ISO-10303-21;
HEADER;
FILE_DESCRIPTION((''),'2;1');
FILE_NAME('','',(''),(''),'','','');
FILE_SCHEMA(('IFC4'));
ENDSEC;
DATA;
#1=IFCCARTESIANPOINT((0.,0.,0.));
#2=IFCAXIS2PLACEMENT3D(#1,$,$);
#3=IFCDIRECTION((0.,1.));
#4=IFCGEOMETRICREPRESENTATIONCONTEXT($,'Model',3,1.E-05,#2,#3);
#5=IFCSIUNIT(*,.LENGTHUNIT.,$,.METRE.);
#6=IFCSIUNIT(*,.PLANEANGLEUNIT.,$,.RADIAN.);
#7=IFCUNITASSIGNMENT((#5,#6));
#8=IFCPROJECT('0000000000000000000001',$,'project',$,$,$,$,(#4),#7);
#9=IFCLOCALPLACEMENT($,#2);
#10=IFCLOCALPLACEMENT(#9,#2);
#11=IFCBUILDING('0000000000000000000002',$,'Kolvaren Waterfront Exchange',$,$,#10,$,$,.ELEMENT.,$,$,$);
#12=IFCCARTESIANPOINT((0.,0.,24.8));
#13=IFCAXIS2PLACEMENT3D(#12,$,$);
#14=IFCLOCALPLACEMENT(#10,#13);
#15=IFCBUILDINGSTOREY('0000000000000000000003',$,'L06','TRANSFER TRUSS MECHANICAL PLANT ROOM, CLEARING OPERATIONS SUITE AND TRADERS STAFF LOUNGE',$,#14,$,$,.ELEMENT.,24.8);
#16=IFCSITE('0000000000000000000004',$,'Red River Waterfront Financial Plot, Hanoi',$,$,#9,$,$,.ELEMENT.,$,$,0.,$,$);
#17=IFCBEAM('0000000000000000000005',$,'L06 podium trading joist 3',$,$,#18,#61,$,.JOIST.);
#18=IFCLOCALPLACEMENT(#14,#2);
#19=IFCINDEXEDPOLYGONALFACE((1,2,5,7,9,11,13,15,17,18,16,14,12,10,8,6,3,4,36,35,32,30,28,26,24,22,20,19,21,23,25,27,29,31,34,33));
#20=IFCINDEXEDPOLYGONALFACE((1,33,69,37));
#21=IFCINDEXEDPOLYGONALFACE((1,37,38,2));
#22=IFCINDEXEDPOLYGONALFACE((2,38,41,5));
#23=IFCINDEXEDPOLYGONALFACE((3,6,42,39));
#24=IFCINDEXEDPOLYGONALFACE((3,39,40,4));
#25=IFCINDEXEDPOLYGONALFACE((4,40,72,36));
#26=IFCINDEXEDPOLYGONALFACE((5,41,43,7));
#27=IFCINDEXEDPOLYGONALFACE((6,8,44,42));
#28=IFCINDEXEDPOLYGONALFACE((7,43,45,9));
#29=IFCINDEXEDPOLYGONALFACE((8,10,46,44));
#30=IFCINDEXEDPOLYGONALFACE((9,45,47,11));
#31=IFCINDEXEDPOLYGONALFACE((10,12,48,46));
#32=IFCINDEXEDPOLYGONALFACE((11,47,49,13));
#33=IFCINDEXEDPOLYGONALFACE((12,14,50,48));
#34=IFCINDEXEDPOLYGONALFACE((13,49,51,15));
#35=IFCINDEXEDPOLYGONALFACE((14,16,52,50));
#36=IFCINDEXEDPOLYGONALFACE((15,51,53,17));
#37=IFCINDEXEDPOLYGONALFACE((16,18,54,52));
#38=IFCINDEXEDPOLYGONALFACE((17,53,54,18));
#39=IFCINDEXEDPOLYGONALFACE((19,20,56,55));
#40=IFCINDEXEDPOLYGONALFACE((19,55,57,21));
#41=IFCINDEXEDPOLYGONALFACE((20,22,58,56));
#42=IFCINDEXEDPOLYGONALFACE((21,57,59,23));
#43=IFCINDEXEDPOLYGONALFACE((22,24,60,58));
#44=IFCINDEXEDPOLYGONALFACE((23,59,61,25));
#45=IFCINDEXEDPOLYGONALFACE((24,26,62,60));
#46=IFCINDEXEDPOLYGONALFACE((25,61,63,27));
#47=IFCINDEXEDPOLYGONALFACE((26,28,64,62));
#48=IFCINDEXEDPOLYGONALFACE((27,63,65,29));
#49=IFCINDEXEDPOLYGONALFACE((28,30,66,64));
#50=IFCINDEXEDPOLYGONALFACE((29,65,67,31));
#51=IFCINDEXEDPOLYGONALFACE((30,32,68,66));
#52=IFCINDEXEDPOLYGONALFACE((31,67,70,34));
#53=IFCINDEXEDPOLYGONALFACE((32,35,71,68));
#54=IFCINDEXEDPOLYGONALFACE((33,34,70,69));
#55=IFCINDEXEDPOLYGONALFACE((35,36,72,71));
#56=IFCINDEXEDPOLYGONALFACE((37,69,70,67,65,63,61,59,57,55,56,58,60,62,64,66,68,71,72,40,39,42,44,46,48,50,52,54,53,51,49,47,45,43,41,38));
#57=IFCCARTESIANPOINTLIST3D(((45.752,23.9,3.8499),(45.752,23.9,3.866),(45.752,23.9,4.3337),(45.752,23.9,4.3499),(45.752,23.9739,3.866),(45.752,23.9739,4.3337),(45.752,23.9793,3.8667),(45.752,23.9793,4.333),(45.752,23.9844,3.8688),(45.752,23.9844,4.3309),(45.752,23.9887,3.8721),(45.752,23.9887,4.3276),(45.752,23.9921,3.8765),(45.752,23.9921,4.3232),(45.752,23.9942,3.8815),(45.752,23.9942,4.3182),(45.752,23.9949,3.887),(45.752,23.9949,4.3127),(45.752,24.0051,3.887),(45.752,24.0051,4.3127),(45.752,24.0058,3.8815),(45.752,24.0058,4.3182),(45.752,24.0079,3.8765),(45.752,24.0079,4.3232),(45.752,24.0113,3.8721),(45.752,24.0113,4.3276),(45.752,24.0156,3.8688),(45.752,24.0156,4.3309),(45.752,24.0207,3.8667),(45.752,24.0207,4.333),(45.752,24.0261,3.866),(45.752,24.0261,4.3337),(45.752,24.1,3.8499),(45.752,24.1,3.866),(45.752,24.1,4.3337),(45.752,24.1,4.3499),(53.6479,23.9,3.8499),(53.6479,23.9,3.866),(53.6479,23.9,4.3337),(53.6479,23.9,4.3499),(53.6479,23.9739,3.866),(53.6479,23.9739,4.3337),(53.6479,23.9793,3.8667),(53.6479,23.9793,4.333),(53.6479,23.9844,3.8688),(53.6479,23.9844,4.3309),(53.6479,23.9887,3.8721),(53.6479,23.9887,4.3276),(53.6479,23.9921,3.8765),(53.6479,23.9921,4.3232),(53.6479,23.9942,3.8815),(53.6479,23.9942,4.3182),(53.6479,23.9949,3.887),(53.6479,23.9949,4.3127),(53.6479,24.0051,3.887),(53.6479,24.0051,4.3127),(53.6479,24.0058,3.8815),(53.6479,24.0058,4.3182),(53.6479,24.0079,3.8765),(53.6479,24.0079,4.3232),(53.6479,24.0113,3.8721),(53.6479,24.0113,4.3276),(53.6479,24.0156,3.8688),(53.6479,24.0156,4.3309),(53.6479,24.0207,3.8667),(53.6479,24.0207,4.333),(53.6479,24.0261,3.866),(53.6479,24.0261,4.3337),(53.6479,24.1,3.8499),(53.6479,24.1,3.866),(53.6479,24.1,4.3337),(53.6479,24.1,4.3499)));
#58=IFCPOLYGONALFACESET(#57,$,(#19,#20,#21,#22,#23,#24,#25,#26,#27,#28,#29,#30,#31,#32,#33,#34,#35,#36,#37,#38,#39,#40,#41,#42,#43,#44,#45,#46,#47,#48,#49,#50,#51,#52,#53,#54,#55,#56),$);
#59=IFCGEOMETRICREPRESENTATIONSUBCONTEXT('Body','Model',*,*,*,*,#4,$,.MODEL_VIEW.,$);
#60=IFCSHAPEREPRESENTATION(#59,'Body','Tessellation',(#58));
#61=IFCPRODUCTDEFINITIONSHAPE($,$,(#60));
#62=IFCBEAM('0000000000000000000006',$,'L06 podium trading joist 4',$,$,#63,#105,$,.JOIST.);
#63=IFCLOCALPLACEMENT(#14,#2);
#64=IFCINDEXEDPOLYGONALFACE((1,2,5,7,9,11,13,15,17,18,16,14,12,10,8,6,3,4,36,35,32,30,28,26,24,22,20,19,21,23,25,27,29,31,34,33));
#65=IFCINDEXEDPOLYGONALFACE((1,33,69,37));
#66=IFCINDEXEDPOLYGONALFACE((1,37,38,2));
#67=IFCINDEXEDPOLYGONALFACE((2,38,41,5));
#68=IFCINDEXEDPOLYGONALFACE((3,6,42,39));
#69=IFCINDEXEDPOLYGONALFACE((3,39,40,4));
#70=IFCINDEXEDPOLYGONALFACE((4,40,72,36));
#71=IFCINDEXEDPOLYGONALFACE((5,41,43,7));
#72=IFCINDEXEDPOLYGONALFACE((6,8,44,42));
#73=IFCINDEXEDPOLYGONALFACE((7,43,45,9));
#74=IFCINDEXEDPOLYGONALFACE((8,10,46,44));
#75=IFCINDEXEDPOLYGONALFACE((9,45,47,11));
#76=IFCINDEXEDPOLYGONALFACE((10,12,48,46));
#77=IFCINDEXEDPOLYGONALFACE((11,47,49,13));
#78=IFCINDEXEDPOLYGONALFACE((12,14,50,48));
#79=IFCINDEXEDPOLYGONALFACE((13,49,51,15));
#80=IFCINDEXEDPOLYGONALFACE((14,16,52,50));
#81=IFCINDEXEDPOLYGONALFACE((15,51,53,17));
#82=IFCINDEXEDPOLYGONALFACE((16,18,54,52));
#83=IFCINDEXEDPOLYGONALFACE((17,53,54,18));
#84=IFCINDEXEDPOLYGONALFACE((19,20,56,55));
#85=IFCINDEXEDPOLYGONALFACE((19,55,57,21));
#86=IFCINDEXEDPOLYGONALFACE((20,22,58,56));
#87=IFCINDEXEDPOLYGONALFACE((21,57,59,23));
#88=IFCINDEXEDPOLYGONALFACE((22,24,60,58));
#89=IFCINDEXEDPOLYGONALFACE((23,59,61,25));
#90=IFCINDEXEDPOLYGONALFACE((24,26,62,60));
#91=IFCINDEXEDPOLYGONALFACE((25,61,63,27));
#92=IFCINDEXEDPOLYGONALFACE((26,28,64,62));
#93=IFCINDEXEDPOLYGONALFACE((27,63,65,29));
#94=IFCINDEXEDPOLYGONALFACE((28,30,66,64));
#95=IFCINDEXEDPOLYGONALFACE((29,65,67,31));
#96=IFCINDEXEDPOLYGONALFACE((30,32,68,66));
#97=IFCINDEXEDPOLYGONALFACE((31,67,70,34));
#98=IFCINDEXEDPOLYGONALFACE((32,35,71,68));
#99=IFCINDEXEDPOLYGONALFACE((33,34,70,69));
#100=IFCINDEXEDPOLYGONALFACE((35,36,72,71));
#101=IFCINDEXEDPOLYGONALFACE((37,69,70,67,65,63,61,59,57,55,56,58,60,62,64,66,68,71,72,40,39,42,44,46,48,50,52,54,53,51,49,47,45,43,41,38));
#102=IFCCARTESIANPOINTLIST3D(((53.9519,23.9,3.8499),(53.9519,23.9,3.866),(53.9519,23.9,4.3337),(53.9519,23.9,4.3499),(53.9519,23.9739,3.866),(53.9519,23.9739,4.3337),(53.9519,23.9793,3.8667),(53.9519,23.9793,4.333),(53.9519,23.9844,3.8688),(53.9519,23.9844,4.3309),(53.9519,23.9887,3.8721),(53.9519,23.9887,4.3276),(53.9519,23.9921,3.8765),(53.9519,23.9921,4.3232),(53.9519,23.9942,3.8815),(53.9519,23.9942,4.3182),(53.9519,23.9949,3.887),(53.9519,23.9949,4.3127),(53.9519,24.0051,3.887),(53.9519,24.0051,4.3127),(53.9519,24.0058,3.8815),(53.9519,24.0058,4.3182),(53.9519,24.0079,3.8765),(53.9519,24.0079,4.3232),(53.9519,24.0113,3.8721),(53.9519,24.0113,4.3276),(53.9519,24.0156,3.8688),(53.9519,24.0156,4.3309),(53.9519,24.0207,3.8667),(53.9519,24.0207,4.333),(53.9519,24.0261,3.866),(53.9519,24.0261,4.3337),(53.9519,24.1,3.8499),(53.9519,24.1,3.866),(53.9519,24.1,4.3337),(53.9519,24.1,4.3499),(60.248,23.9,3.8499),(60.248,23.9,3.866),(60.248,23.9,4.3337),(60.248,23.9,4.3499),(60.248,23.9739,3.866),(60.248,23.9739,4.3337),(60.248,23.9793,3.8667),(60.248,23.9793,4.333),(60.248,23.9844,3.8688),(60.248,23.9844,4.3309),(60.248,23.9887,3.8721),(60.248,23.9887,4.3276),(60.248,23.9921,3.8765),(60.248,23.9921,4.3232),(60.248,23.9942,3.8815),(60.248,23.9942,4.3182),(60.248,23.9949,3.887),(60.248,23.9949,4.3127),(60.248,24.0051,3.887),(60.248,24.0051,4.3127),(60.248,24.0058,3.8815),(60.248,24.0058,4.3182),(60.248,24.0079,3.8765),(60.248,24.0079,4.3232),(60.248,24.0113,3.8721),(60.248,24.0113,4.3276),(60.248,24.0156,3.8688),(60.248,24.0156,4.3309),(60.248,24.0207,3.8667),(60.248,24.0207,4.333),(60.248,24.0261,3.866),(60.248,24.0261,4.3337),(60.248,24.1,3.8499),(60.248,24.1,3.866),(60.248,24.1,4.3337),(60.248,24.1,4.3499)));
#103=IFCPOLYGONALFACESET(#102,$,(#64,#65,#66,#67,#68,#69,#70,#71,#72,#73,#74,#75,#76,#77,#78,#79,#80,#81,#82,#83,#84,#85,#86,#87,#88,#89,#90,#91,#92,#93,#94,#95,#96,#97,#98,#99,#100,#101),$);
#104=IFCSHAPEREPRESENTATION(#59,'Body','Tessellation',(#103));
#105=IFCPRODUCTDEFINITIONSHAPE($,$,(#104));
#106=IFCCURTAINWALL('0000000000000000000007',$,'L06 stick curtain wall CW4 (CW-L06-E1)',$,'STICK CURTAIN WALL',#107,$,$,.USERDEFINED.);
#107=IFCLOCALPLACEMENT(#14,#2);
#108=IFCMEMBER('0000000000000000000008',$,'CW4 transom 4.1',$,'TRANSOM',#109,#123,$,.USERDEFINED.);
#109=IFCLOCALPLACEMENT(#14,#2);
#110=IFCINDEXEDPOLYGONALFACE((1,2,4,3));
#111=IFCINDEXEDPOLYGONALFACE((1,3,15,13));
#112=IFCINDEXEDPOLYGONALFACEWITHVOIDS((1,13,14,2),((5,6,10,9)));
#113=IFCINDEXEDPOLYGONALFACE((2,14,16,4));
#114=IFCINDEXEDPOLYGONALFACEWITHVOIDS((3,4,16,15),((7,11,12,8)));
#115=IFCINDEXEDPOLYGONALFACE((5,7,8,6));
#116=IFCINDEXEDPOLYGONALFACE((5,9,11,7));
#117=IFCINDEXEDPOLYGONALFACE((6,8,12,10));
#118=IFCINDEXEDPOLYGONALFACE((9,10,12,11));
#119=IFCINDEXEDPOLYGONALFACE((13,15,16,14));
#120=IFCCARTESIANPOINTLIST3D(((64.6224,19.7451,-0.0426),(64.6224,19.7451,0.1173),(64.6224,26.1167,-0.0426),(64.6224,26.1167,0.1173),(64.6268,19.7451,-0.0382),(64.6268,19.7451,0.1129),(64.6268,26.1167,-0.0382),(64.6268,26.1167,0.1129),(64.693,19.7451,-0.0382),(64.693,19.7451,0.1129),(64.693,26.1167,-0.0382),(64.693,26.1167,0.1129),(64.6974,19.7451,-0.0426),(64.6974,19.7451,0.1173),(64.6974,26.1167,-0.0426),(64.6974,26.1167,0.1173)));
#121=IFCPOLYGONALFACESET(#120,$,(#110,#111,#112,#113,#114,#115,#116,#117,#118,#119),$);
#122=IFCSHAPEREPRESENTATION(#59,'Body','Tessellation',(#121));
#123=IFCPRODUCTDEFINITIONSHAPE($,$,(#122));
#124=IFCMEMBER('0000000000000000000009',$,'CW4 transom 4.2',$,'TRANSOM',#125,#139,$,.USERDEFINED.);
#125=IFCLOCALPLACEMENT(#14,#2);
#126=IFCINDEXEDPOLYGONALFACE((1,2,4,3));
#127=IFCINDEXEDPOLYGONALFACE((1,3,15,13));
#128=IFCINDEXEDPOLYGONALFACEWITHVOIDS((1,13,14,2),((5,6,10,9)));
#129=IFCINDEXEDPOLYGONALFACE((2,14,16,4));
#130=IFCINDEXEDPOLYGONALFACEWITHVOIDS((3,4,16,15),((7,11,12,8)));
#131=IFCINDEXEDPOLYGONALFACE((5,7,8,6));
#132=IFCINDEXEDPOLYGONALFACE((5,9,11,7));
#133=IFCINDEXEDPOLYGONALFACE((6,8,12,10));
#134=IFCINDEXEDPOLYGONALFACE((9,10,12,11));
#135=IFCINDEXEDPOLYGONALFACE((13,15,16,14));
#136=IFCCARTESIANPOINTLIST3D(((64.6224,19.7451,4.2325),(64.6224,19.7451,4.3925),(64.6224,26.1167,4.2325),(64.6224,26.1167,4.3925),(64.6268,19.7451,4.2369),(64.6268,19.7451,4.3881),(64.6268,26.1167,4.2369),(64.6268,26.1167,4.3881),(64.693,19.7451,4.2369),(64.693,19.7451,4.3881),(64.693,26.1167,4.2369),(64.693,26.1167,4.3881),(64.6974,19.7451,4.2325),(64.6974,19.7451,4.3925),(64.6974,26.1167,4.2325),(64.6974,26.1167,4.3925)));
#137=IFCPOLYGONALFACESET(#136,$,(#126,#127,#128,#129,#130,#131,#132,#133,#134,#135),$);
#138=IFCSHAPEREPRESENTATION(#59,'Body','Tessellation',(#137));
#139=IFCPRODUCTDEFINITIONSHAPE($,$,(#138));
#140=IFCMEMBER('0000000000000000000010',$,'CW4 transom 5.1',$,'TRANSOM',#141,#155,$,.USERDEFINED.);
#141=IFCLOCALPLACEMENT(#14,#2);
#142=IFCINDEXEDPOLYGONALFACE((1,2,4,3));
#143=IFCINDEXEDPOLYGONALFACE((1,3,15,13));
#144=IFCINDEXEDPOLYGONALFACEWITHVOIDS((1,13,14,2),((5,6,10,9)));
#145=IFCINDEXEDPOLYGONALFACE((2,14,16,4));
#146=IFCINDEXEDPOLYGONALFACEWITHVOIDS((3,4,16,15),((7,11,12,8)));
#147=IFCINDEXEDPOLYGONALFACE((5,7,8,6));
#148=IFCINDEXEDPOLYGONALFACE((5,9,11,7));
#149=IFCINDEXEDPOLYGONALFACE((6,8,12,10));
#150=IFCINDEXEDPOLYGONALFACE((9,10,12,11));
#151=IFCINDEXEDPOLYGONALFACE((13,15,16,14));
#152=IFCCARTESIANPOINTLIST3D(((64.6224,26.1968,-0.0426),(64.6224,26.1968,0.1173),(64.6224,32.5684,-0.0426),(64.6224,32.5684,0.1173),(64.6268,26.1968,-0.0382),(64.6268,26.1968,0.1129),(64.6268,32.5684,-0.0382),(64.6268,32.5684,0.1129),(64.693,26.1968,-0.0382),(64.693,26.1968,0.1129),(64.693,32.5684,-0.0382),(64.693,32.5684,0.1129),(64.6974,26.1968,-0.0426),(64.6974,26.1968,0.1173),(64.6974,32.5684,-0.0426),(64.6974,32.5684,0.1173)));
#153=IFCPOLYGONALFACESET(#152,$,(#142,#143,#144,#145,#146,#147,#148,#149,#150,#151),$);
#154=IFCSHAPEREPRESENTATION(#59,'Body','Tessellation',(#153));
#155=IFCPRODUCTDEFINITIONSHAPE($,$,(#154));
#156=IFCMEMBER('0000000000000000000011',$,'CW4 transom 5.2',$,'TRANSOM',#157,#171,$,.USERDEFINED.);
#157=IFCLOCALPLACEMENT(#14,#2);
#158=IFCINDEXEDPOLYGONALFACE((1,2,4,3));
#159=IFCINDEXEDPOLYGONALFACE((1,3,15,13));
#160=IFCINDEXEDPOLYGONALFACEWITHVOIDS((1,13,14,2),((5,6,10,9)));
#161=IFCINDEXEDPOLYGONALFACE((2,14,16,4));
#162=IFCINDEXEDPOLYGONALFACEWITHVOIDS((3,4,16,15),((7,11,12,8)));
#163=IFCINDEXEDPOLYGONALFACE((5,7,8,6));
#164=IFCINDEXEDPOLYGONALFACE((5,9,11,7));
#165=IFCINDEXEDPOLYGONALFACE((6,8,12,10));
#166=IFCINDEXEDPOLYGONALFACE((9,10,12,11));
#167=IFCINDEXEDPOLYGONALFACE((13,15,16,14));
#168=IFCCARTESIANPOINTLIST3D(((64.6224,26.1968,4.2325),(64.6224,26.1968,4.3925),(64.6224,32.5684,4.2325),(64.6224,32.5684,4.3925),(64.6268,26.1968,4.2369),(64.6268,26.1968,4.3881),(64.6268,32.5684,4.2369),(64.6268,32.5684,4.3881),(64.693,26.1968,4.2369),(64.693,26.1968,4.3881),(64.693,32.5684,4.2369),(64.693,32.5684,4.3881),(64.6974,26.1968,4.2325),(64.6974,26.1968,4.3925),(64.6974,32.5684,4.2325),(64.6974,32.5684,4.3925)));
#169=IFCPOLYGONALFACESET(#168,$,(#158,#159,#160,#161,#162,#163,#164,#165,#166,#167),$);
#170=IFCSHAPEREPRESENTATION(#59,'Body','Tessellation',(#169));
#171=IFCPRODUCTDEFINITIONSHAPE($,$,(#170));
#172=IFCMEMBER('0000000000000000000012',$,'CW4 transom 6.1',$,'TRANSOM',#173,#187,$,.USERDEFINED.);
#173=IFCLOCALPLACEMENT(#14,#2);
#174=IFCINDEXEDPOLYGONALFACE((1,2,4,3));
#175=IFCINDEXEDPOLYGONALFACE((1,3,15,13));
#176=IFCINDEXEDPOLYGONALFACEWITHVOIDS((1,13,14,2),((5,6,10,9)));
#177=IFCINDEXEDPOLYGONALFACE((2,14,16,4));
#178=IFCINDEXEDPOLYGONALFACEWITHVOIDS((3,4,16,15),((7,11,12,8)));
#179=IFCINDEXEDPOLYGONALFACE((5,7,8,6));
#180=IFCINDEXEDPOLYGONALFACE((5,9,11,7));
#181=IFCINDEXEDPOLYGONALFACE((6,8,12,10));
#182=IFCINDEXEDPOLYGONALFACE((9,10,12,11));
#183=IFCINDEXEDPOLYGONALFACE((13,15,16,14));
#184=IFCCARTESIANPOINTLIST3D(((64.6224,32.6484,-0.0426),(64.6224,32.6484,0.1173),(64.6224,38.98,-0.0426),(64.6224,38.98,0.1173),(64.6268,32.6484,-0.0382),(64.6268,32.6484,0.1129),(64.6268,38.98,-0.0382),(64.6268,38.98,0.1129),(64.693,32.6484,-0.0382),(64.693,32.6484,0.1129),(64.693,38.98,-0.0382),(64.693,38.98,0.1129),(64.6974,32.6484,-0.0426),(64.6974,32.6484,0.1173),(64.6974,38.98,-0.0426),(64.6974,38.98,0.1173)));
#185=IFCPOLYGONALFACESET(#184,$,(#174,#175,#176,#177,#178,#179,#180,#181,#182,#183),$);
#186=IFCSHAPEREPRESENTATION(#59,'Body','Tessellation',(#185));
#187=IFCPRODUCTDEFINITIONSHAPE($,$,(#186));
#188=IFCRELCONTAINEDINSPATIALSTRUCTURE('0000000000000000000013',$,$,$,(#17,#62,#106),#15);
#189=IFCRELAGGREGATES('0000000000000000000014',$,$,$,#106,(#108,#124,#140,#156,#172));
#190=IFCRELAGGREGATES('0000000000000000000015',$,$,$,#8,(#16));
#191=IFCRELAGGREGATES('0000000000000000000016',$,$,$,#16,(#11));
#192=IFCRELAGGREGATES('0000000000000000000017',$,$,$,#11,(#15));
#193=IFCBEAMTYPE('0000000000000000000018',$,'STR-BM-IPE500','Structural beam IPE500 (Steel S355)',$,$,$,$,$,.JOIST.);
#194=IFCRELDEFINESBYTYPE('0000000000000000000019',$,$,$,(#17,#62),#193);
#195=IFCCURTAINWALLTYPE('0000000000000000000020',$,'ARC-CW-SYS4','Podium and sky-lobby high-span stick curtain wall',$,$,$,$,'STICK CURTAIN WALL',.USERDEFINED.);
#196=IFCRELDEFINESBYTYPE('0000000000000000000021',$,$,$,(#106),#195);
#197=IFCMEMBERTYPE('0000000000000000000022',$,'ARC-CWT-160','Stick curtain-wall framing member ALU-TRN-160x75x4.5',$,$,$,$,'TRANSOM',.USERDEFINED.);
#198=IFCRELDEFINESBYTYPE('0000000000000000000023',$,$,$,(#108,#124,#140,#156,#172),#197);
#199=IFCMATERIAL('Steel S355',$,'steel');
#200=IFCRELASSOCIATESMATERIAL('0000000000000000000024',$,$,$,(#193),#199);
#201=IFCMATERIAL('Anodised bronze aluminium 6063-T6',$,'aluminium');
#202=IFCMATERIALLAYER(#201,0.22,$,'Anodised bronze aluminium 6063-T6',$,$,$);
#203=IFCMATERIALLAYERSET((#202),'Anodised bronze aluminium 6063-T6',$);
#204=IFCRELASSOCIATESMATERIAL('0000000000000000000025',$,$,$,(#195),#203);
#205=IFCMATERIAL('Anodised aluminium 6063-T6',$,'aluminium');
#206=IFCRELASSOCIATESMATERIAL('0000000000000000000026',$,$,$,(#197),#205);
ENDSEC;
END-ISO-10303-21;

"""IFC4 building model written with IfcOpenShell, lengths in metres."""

from ifc_helpers import new_model, si_unit, direction, frame, origin, origin_with_axes, origin_2d, place, context, subcontext, project, spatial, hollow_rectangle, i_section, extrude, source, transform, mapped, material, layer, layer_set, material_profile, profile_set, type_object, element, aggregate, save


model = new_model("IFC4")

# Units and contexts
model_context = context("Model", 3, precision=1e-05, world=origin(), true_north=direction((0.0, 1.0)))
body_context = subcontext(model_context, "Body", "Model", "MODEL_VIEW")
ifc_project = project(units=[si_unit("LENGTHUNIT", "METRE"), si_unit("PLANEANGLEUNIT", "RADIAN")], contexts=[model_context])

# Site, building, storey
site_placement = place(None, origin())
site = spatial("IfcSite", under=ifc_project, at=site_placement, Name="Red River Waterfront Financial Plot, Hanoi", CompositionType="ELEMENT", RefElevation=0.0)
building_placement = place(site_placement, origin())
building = spatial("IfcBuilding", under=site, at=building_placement, Name="Kolvaren Waterfront Exchange", CompositionType="ELEMENT")
storey_placement = place(building_placement, frame((0.0, 0.0, 24.8)))
storey = spatial("IfcBuildingStorey", under=building, at=storey_placement, Name="L06", Description="TRANSFER TRUSS MECHANICAL PLANT ROOM, CLEARING OPERATIONS SUITE AND TRADERS STAFF LOUNGE", CompositionType="ELEMENT", Elevation=24.8)

# Beams
ifc_material_1 = material(Name="Steel S355", Category="steel")
ifc_material_profile_1 = material_profile(ifc_material_1, i_section(OverallWidth=0.2, OverallDepth=0.5, WebThickness=0.0103, FlangeThickness=0.0161, FilletRadius=0.021, at=origin_2d()), Name="IPE500")
ifc_profile_set_1 = profile_set([ifc_material_profile_1], Name="Steel S355")
beam_type_1 = type_object("IfcBeamType", Name="STR-BM-IPE500", Description="Structural beam IPE500 (Steel S355)", PredefinedType="JOIST", material=ifc_profile_set_1)
beam_1_placement = place(storey_placement, frame((45.752, 24.0, 4.0999), z_axis=(1.0, 0.0, 0.0), x_axis=(0.0, 1.0, 0.0)))
element("IfcBeam", 1, at=beam_1_placement, inside=storey, type_object=beam_type_1, Name="L06 podium trading joist 3", PredefinedType="JOIST", context=body_context, shape_type="SweptSolid", body=[
    extrude(i_section(OverallWidth=0.2, OverallDepth=0.5, WebThickness=0.0103, FlangeThickness=0.0161, FilletRadius=0.021, at=origin_2d()), origin(), (0.0, 0.0, 1.0), 7.896),
])
beam_2_placement = place(storey_placement, frame((53.9519, 24.0, 4.0999), z_axis=(1.0, 0.0, 0.0), x_axis=(0.0, 1.0, 0.0)))
element("IfcBeam", 2, at=beam_2_placement, inside=storey, type_object=beam_type_1, Name="L06 podium trading joist 4", PredefinedType="JOIST", context=body_context, shape_type="SweptSolid", body=[
    extrude(i_section(OverallWidth=0.2, OverallDepth=0.5, WebThickness=0.0103, FlangeThickness=0.0161, FilletRadius=0.021, at=origin_2d()), origin(), (0.0, 0.0, 1.0), 6.2961),
])

# Curtain wall, members
ifc_material_2 = material(Name="Anodised bronze aluminium 6063-T6", Category="aluminium")
ifc_layer_1 = layer(ifc_material_2, 0.22, Name="Anodised bronze aluminium 6063-T6")
ifc_layer_set_1 = layer_set([ifc_layer_1], Name="Anodised bronze aluminium 6063-T6")
curtain_wall_type = type_object("IfcCurtainWallType", Name="ARC-CW-SYS4", Description="Podium and sky-lobby high-span stick curtain wall", ElementType="STICK CURTAIN WALL", PredefinedType="USERDEFINED", material=ifc_layer_set_1)
curtain_wall_placement = place(storey_placement, origin())
curtain_wall = element("IfcCurtainWall", 3, at=curtain_wall_placement, inside=storey, type_object=curtain_wall_type, Name="L06 stick curtain wall CW4 (CW-L06-E1)", ObjectType="STICK CURTAIN WALL", PredefinedType="USERDEFINED")
ifc_material_3 = material(Name="Anodised aluminium 6063-T6", Category="aluminium")
ifc_material_profile_2 = material_profile(ifc_material_3, hollow_rectangle(XDim=0.075, YDim=0.1599, WallThickness=0.0044, at=origin_2d()), Name="ALU-TRN-160x75x4.5")
ifc_profile_set_2 = profile_set([ifc_material_profile_2], Name="Anodised aluminium 6063-T6")
member_type_1 = type_object("IfcMemberType", Name="ARC-CWT-160", Description="Stick curtain-wall framing member ALU-TRN-160x75x4.5", ElementType="TRANSOM", PredefinedType="USERDEFINED", material=ifc_profile_set_2)
shared_shape_1 = source(origin_with_axes(), body_context, "Body", "SweptSolid", [
    extrude(hollow_rectangle(XDim=0.075, YDim=0.1599, WallThickness=0.0044, at=origin_2d()), origin(), (0.0, 0.0, 1.0), 6.3716),
])
member_1_placement = place(storey_placement, frame((64.6599, 19.7451, 0.0374), z_axis=(0.0, 1.0, 0.0), x_axis=(-1.0, 0.0, 0.0)))
member_1 = element("IfcMember", 4, at=member_1_placement, type_object=member_type_1, Name="CW4 transom 4.1", ObjectType="TRANSOM", PredefinedType="USERDEFINED", context=body_context, shape_type="MappedRepresentation", body=[
    mapped(shared_shape_1, transform((0.0, 0.0, 0.0), x_axis=(1.0, 0.0, 0.0), y_axis=(0.0, 1.0, 0.0), z_axis=(0.0, 0.0, 1.0), scale=1.0)),
])
member_2_placement = place(storey_placement, frame((64.6599, 19.7451, 4.3125), z_axis=(0.0, 1.0, 0.0), x_axis=(-1.0, 0.0, 0.0)))
member_2 = element("IfcMember", 5, at=member_2_placement, type_object=member_type_1, Name="CW4 transom 4.2", ObjectType="TRANSOM", PredefinedType="USERDEFINED", context=body_context, shape_type="MappedRepresentation", body=[
    mapped(shared_shape_1, transform((0.0, 0.0, 0.0), x_axis=(1.0, 0.0, 0.0), y_axis=(0.0, 1.0, 0.0), z_axis=(0.0, 0.0, 1.0), scale=1.0)),
])
member_3_placement = place(storey_placement, frame((64.6599, 26.1968, 0.0374), z_axis=(0.0, 1.0, 0.0), x_axis=(-1.0, 0.0, 0.0)))
member_3 = element("IfcMember", 6, at=member_3_placement, type_object=member_type_1, Name="CW4 transom 5.1", ObjectType="TRANSOM", PredefinedType="USERDEFINED", context=body_context, shape_type="MappedRepresentation", body=[
    mapped(shared_shape_1, transform((0.0, 0.0, 0.0), x_axis=(1.0, 0.0, 0.0), y_axis=(0.0, 1.0, 0.0), z_axis=(0.0, 0.0, 1.0), scale=1.0)),
])
member_4_placement = place(storey_placement, frame((64.6599, 26.1968, 4.3125), z_axis=(0.0, 1.0, 0.0), x_axis=(-1.0, 0.0, 0.0)))
member_4 = element("IfcMember", 7, at=member_4_placement, type_object=member_type_1, Name="CW4 transom 5.2", ObjectType="TRANSOM", PredefinedType="USERDEFINED", context=body_context, shape_type="MappedRepresentation", body=[
    mapped(shared_shape_1, transform((0.0, 0.0, 0.0), x_axis=(1.0, 0.0, 0.0), y_axis=(0.0, 1.0, 0.0), z_axis=(0.0, 0.0, 1.0), scale=1.0)),
])
shared_shape_2 = source(origin_with_axes(), body_context, "Body", "SweptSolid", [
    extrude(hollow_rectangle(XDim=0.075, YDim=0.1599, WallThickness=0.0044, at=origin_2d()), origin(), (0.0, 0.0, 1.0), 6.3315),
])
member_5_placement = place(storey_placement, frame((64.6599, 32.6484, 0.0374), z_axis=(0.0, 1.0, 0.0), x_axis=(-1.0, 0.0, 0.0)))
member_5 = element("IfcMember", 8, at=member_5_placement, type_object=member_type_1, Name="CW4 transom 6.1", ObjectType="TRANSOM", PredefinedType="USERDEFINED", context=body_context, shape_type="MappedRepresentation", body=[
    mapped(shared_shape_2, transform((0.0, 0.0, 0.0), x_axis=(1.0, 0.0, 0.0), y_axis=(0.0, 1.0, 0.0), z_axis=(0.0, 0.0, 1.0), scale=1.0)),
])
aggregate(curtain_wall, [member_1, member_2, member_3, member_4, member_5])

save(model, "model.ifc")
